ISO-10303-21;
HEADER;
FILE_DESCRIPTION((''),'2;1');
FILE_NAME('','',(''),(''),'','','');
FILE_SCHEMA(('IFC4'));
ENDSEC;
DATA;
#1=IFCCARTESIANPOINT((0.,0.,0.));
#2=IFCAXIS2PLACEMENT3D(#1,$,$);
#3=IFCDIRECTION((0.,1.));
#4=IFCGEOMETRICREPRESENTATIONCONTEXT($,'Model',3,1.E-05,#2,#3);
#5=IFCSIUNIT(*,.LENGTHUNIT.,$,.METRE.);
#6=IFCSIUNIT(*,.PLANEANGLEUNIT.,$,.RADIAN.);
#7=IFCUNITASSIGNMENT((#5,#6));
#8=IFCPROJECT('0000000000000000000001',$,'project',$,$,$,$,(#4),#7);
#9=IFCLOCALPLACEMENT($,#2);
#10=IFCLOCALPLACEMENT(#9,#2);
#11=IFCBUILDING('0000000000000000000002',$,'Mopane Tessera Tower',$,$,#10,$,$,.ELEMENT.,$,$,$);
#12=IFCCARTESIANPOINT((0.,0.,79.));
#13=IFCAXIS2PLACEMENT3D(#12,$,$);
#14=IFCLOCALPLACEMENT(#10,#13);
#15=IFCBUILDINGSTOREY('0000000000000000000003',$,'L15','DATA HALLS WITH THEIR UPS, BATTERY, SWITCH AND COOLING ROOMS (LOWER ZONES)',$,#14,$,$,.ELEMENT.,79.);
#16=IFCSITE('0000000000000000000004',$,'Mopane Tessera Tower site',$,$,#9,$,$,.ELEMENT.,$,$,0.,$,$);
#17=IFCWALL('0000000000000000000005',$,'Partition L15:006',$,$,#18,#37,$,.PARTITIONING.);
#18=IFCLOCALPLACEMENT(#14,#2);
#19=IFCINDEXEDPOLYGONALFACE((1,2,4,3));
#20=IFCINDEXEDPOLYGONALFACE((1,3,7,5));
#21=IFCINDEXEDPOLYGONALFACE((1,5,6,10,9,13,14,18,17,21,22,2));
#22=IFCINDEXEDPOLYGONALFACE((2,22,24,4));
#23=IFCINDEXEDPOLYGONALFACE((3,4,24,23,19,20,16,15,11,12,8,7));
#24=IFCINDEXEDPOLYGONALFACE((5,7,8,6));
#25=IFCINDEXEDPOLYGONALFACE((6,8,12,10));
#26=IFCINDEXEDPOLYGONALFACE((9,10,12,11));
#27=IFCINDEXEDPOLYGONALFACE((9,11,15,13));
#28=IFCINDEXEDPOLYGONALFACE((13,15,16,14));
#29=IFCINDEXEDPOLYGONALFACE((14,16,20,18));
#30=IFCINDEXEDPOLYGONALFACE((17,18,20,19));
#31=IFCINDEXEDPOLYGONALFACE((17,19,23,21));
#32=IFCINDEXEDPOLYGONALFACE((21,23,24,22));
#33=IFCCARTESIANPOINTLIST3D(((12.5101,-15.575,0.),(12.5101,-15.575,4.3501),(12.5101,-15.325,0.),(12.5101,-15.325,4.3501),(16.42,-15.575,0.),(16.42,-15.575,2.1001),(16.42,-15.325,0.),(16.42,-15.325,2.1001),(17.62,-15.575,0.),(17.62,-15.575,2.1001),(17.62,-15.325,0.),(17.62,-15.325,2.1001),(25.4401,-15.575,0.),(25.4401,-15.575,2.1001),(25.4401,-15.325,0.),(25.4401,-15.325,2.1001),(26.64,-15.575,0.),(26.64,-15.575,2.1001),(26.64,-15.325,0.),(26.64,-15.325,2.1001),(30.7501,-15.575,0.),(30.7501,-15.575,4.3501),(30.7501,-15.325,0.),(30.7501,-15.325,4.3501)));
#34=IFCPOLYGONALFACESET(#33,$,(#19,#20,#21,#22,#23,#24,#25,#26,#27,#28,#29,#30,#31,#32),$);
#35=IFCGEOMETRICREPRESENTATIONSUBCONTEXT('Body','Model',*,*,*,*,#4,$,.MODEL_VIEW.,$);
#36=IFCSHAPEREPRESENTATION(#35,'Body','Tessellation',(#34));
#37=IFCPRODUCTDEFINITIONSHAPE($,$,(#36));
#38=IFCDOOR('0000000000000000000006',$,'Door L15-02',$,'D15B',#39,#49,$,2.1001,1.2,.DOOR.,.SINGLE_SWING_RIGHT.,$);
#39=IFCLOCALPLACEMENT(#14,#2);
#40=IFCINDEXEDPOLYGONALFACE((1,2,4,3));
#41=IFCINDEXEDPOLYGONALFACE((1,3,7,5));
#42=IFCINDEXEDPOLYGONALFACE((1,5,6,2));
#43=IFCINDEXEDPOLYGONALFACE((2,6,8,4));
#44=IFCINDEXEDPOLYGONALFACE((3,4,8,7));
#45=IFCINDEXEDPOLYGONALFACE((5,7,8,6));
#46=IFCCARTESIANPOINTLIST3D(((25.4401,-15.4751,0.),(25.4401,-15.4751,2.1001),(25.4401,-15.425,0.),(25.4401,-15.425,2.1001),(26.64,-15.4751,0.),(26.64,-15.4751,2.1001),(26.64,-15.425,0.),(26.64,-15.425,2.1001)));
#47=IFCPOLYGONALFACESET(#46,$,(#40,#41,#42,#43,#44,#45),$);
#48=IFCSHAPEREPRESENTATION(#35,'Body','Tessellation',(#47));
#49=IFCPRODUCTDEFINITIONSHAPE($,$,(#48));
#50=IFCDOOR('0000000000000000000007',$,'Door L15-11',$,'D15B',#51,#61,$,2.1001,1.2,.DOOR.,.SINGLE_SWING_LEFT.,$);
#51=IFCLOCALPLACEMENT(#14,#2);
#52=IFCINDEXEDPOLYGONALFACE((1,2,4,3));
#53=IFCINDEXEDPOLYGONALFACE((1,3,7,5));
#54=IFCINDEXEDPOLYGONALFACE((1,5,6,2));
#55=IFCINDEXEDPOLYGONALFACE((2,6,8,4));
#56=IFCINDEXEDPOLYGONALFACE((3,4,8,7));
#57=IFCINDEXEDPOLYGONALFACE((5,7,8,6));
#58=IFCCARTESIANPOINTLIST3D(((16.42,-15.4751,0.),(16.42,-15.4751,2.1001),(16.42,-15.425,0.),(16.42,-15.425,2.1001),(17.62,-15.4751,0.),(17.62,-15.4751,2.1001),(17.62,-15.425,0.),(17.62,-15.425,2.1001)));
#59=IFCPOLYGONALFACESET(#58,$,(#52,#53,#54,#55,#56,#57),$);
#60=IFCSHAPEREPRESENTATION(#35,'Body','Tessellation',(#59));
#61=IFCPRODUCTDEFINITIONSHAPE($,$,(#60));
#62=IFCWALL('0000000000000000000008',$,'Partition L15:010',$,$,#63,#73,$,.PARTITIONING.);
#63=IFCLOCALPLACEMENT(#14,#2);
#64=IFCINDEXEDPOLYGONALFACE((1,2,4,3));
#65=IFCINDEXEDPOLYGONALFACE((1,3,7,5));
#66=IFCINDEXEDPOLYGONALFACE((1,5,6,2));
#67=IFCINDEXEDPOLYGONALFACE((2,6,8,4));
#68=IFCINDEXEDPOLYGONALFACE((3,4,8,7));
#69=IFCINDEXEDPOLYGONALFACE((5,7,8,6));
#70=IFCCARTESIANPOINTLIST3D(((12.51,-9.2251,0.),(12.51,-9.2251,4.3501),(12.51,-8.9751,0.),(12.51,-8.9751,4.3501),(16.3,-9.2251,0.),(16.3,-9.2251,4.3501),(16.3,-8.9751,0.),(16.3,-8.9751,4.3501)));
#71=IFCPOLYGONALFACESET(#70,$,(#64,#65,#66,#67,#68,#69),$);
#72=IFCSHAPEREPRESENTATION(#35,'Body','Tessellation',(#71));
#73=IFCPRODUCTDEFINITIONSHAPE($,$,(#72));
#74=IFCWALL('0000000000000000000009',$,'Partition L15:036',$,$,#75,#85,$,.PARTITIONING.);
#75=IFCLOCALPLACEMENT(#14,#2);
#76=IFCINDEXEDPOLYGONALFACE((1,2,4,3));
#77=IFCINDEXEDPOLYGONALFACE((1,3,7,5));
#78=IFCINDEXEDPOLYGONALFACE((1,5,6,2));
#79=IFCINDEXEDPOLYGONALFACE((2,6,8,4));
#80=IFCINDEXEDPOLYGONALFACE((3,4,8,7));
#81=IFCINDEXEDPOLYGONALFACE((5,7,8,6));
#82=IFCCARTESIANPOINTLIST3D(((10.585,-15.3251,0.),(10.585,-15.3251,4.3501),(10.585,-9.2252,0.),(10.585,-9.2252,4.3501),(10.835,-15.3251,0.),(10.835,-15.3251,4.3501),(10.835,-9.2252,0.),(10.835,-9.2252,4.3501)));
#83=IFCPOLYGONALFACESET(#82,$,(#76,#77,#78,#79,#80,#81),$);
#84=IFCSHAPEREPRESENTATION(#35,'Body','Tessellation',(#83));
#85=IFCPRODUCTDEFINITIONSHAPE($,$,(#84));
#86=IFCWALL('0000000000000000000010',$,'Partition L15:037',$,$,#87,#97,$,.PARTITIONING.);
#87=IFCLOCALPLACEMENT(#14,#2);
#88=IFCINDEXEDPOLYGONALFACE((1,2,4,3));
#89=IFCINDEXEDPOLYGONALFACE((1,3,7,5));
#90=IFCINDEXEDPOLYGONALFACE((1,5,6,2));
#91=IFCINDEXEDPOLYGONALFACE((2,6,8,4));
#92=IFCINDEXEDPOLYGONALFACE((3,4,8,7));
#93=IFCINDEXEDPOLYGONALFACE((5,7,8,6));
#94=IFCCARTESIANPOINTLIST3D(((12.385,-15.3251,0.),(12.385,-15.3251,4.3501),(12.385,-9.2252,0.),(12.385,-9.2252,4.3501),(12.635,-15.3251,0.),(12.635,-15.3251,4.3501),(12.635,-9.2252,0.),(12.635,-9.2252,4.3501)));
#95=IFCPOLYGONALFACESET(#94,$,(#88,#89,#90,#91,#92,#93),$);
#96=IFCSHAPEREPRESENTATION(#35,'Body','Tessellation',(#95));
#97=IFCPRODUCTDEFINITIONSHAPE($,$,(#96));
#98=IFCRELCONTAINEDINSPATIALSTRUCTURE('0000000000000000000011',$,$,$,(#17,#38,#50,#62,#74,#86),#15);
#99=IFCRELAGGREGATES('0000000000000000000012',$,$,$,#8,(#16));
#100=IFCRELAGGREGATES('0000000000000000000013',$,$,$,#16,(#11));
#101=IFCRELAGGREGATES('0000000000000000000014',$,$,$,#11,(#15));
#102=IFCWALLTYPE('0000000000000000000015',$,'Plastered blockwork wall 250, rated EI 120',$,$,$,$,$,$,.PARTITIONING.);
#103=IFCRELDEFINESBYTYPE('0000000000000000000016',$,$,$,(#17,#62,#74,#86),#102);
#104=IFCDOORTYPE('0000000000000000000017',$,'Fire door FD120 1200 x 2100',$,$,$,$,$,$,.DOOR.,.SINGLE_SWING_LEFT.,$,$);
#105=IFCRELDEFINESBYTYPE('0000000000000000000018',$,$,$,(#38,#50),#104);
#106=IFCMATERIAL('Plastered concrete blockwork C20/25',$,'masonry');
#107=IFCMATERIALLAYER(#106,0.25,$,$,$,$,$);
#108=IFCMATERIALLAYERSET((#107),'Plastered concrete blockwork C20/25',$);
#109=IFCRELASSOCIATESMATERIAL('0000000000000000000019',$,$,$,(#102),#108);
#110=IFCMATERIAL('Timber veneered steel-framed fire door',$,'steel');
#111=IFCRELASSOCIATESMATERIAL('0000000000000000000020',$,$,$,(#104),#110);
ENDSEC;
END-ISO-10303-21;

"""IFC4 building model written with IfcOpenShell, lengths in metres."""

from ifc_helpers import new_model, si_unit, direction, frame, frame_2d, origin, place, context, subcontext, project, spatial, rectangle, extrude, material, layer, layer_set, type_object, element, fill, save


model = new_model("IFC4")

# Units and contexts
model_context = context("Model", 3, precision=1e-05, world=origin(), true_north=direction((0.0, 1.0)))
body_context = subcontext(model_context, "Body", "Model", "MODEL_VIEW")
ifc_project = project(units=[si_unit("LENGTHUNIT", "METRE"), si_unit("PLANEANGLEUNIT", "RADIAN")], contexts=[model_context])

# Site, building, storey
site_placement = place(None, origin())
site = spatial("IfcSite", under=ifc_project, at=site_placement, Name="Mopane Tessera Tower site", CompositionType="ELEMENT", RefElevation=0.0)
building_placement = place(site_placement, origin())
building = spatial("IfcBuilding", under=site, at=building_placement, Name="Mopane Tessera Tower", CompositionType="ELEMENT")
storey_placement = place(building_placement, frame((0.0, 0.0, 79.0)))
storey = spatial("IfcBuildingStorey", under=building, at=storey_placement, Name="L15", Description="DATA HALLS WITH THEIR UPS, BATTERY, SWITCH AND COOLING ROOMS (LOWER ZONES)", CompositionType="ELEMENT", Elevation=79.0)

# Wall, openings, doors
ifc_material_1 = material(Name="Plastered concrete blockwork C20/25", Category="masonry")
ifc_layer_1 = layer(ifc_material_1, 0.25)
ifc_layer_set_1 = layer_set([ifc_layer_1], Name="Plastered concrete blockwork C20/25")
wall_type_1 = type_object("IfcWallType", Name="Plastered blockwork wall 250, rated EI 120", PredefinedType="PARTITIONING", material=ifc_layer_set_1)
wall_1_placement = place(storey_placement, frame((12.51, -15.45, 0.0), z_axis=(0.0, 0.0, 1.0), x_axis=(1.0, 0.0, 0.0)))
wall_1 = element("IfcWall", 1, at=wall_1_placement, inside=storey, type_object=wall_type_1, Name="Partition L15:006", PredefinedType="PARTITIONING", context=body_context, shape_type="SweptSolid", body=[
    extrude(rectangle(XDim=18.24, YDim=0.25, at=frame_2d((9.1201, 0.0))), origin(), (0.0, 0.0, 1.0), 4.3501),
])
opening_1_placement = place(wall_1_placement, frame((12.9299, 0.0, 0.0)))
opening_1 = element("IfcOpeningElement", 2, at=opening_1_placement, cuts=wall_1, PredefinedType="OPENING", context=body_context, shape_type="SweptSolid", body=[
    extrude(rectangle(XDim=1.2, YDim=2.1001, at=frame_2d((0.6001, 1.05))), frame((0.0, 0.137, 0.0), z_axis=(0.0, -1.0, 0.0), x_axis=(1.0, 0.0, 0.0)), (0.0, 0.0, 1.0), 0.2739),
])
opening_2_placement = place(wall_1_placement, frame((3.9099, 0.0, 0.0)))
opening_2 = element("IfcOpeningElement", 3, at=opening_2_placement, cuts=wall_1, PredefinedType="OPENING", context=body_context, shape_type="SweptSolid", body=[
    extrude(rectangle(XDim=1.2, YDim=2.1001, at=frame_2d((0.6001, 1.05))), frame((0.0, 0.137, 0.0), z_axis=(0.0, -1.0, 0.0), x_axis=(1.0, 0.0, 0.0)), (0.0, 0.0, 1.0), 0.2739),
])
ifc_material_2 = material(Name="Timber veneered steel-framed fire door", Category="steel")
door_type = type_object("IfcDoorType", Name="Fire door FD120 1200 x 2100", OperationType="SINGLE_SWING_LEFT", PredefinedType="DOOR", material=ifc_material_2)
door_1_placement = place(opening_1_placement, origin())
door_1 = element("IfcDoor", 4, at=door_1_placement, inside=storey, type_object=door_type, Name="Door L15-02", ObjectType="D15B", OperationType="SINGLE_SWING_RIGHT", OverallHeight=2.1001, OverallWidth=1.2, PredefinedType="DOOR", context=body_context, shape_type="SweptSolid", body=[
    extrude(rectangle(XDim=1.2, YDim=2.1001, at=frame_2d((0.6001, 1.05))), frame((0.0, 0.0249, 0.0), z_axis=(0.0, -1.0, 0.0), x_axis=(1.0, 0.0, 0.0)), (0.0, 0.0, 1.0), 0.05),
])
fill(opening_1, door_1)
door_2_placement = place(opening_2_placement, origin())
door_2 = element("IfcDoor", 5, at=door_2_placement, inside=storey, type_object=door_type, Name="Door L15-11", ObjectType="D15B", OperationType="SINGLE_SWING_LEFT", OverallHeight=2.1001, OverallWidth=1.2, PredefinedType="DOOR", context=body_context, shape_type="SweptSolid", body=[
    extrude(rectangle(XDim=1.2, YDim=2.1001, at=frame_2d((0.6001, 1.05))), frame((0.0, 0.0249, 0.0), z_axis=(0.0, -1.0, 0.0), x_axis=(1.0, 0.0, 0.0)), (0.0, 0.0, 1.0), 0.05),
])
fill(opening_2, door_2)

# Walls
wall_2_placement = place(storey_placement, frame((12.51, -9.1001, 0.0), z_axis=(0.0, 0.0, 1.0), x_axis=(1.0, 0.0, 0.0)))
element("IfcWall", 6, at=wall_2_placement, inside=storey, type_object=wall_type_1, Name="Partition L15:010", PredefinedType="PARTITIONING", context=body_context, shape_type="SweptSolid", body=[
    extrude(rectangle(XDim=3.79, YDim=0.25, at=frame_2d((1.895, 0.0))), origin(), (0.0, 0.0, 1.0), 4.3501),
])
for number, where, z_axis, x_axis, name in (
    (7, (10.71, -15.325, 0.0), (0.0, 0.0, 1.0), (0.0, 1.0, 0.0), "Partition L15:036"),
    (8, (12.51, -15.325, 0.0), (0.0, 0.0, 1.0), (0.0, 1.0, 0.0), "Partition L15:037"),
):
    element("IfcWall", number, at=place(storey_placement, frame(where, z_axis=z_axis, x_axis=x_axis)), inside=storey, type_object=wall_type_1, Name=name, PredefinedType="PARTITIONING", context=body_context, shape_type="SweptSolid", body=[
        extrude(rectangle(XDim=6.0999, YDim=0.25, at=frame_2d((3.0498, 0.0))), origin(), (0.0, 0.0, 1.0), 4.3501),
    ])

save(model, "model.ifc")
